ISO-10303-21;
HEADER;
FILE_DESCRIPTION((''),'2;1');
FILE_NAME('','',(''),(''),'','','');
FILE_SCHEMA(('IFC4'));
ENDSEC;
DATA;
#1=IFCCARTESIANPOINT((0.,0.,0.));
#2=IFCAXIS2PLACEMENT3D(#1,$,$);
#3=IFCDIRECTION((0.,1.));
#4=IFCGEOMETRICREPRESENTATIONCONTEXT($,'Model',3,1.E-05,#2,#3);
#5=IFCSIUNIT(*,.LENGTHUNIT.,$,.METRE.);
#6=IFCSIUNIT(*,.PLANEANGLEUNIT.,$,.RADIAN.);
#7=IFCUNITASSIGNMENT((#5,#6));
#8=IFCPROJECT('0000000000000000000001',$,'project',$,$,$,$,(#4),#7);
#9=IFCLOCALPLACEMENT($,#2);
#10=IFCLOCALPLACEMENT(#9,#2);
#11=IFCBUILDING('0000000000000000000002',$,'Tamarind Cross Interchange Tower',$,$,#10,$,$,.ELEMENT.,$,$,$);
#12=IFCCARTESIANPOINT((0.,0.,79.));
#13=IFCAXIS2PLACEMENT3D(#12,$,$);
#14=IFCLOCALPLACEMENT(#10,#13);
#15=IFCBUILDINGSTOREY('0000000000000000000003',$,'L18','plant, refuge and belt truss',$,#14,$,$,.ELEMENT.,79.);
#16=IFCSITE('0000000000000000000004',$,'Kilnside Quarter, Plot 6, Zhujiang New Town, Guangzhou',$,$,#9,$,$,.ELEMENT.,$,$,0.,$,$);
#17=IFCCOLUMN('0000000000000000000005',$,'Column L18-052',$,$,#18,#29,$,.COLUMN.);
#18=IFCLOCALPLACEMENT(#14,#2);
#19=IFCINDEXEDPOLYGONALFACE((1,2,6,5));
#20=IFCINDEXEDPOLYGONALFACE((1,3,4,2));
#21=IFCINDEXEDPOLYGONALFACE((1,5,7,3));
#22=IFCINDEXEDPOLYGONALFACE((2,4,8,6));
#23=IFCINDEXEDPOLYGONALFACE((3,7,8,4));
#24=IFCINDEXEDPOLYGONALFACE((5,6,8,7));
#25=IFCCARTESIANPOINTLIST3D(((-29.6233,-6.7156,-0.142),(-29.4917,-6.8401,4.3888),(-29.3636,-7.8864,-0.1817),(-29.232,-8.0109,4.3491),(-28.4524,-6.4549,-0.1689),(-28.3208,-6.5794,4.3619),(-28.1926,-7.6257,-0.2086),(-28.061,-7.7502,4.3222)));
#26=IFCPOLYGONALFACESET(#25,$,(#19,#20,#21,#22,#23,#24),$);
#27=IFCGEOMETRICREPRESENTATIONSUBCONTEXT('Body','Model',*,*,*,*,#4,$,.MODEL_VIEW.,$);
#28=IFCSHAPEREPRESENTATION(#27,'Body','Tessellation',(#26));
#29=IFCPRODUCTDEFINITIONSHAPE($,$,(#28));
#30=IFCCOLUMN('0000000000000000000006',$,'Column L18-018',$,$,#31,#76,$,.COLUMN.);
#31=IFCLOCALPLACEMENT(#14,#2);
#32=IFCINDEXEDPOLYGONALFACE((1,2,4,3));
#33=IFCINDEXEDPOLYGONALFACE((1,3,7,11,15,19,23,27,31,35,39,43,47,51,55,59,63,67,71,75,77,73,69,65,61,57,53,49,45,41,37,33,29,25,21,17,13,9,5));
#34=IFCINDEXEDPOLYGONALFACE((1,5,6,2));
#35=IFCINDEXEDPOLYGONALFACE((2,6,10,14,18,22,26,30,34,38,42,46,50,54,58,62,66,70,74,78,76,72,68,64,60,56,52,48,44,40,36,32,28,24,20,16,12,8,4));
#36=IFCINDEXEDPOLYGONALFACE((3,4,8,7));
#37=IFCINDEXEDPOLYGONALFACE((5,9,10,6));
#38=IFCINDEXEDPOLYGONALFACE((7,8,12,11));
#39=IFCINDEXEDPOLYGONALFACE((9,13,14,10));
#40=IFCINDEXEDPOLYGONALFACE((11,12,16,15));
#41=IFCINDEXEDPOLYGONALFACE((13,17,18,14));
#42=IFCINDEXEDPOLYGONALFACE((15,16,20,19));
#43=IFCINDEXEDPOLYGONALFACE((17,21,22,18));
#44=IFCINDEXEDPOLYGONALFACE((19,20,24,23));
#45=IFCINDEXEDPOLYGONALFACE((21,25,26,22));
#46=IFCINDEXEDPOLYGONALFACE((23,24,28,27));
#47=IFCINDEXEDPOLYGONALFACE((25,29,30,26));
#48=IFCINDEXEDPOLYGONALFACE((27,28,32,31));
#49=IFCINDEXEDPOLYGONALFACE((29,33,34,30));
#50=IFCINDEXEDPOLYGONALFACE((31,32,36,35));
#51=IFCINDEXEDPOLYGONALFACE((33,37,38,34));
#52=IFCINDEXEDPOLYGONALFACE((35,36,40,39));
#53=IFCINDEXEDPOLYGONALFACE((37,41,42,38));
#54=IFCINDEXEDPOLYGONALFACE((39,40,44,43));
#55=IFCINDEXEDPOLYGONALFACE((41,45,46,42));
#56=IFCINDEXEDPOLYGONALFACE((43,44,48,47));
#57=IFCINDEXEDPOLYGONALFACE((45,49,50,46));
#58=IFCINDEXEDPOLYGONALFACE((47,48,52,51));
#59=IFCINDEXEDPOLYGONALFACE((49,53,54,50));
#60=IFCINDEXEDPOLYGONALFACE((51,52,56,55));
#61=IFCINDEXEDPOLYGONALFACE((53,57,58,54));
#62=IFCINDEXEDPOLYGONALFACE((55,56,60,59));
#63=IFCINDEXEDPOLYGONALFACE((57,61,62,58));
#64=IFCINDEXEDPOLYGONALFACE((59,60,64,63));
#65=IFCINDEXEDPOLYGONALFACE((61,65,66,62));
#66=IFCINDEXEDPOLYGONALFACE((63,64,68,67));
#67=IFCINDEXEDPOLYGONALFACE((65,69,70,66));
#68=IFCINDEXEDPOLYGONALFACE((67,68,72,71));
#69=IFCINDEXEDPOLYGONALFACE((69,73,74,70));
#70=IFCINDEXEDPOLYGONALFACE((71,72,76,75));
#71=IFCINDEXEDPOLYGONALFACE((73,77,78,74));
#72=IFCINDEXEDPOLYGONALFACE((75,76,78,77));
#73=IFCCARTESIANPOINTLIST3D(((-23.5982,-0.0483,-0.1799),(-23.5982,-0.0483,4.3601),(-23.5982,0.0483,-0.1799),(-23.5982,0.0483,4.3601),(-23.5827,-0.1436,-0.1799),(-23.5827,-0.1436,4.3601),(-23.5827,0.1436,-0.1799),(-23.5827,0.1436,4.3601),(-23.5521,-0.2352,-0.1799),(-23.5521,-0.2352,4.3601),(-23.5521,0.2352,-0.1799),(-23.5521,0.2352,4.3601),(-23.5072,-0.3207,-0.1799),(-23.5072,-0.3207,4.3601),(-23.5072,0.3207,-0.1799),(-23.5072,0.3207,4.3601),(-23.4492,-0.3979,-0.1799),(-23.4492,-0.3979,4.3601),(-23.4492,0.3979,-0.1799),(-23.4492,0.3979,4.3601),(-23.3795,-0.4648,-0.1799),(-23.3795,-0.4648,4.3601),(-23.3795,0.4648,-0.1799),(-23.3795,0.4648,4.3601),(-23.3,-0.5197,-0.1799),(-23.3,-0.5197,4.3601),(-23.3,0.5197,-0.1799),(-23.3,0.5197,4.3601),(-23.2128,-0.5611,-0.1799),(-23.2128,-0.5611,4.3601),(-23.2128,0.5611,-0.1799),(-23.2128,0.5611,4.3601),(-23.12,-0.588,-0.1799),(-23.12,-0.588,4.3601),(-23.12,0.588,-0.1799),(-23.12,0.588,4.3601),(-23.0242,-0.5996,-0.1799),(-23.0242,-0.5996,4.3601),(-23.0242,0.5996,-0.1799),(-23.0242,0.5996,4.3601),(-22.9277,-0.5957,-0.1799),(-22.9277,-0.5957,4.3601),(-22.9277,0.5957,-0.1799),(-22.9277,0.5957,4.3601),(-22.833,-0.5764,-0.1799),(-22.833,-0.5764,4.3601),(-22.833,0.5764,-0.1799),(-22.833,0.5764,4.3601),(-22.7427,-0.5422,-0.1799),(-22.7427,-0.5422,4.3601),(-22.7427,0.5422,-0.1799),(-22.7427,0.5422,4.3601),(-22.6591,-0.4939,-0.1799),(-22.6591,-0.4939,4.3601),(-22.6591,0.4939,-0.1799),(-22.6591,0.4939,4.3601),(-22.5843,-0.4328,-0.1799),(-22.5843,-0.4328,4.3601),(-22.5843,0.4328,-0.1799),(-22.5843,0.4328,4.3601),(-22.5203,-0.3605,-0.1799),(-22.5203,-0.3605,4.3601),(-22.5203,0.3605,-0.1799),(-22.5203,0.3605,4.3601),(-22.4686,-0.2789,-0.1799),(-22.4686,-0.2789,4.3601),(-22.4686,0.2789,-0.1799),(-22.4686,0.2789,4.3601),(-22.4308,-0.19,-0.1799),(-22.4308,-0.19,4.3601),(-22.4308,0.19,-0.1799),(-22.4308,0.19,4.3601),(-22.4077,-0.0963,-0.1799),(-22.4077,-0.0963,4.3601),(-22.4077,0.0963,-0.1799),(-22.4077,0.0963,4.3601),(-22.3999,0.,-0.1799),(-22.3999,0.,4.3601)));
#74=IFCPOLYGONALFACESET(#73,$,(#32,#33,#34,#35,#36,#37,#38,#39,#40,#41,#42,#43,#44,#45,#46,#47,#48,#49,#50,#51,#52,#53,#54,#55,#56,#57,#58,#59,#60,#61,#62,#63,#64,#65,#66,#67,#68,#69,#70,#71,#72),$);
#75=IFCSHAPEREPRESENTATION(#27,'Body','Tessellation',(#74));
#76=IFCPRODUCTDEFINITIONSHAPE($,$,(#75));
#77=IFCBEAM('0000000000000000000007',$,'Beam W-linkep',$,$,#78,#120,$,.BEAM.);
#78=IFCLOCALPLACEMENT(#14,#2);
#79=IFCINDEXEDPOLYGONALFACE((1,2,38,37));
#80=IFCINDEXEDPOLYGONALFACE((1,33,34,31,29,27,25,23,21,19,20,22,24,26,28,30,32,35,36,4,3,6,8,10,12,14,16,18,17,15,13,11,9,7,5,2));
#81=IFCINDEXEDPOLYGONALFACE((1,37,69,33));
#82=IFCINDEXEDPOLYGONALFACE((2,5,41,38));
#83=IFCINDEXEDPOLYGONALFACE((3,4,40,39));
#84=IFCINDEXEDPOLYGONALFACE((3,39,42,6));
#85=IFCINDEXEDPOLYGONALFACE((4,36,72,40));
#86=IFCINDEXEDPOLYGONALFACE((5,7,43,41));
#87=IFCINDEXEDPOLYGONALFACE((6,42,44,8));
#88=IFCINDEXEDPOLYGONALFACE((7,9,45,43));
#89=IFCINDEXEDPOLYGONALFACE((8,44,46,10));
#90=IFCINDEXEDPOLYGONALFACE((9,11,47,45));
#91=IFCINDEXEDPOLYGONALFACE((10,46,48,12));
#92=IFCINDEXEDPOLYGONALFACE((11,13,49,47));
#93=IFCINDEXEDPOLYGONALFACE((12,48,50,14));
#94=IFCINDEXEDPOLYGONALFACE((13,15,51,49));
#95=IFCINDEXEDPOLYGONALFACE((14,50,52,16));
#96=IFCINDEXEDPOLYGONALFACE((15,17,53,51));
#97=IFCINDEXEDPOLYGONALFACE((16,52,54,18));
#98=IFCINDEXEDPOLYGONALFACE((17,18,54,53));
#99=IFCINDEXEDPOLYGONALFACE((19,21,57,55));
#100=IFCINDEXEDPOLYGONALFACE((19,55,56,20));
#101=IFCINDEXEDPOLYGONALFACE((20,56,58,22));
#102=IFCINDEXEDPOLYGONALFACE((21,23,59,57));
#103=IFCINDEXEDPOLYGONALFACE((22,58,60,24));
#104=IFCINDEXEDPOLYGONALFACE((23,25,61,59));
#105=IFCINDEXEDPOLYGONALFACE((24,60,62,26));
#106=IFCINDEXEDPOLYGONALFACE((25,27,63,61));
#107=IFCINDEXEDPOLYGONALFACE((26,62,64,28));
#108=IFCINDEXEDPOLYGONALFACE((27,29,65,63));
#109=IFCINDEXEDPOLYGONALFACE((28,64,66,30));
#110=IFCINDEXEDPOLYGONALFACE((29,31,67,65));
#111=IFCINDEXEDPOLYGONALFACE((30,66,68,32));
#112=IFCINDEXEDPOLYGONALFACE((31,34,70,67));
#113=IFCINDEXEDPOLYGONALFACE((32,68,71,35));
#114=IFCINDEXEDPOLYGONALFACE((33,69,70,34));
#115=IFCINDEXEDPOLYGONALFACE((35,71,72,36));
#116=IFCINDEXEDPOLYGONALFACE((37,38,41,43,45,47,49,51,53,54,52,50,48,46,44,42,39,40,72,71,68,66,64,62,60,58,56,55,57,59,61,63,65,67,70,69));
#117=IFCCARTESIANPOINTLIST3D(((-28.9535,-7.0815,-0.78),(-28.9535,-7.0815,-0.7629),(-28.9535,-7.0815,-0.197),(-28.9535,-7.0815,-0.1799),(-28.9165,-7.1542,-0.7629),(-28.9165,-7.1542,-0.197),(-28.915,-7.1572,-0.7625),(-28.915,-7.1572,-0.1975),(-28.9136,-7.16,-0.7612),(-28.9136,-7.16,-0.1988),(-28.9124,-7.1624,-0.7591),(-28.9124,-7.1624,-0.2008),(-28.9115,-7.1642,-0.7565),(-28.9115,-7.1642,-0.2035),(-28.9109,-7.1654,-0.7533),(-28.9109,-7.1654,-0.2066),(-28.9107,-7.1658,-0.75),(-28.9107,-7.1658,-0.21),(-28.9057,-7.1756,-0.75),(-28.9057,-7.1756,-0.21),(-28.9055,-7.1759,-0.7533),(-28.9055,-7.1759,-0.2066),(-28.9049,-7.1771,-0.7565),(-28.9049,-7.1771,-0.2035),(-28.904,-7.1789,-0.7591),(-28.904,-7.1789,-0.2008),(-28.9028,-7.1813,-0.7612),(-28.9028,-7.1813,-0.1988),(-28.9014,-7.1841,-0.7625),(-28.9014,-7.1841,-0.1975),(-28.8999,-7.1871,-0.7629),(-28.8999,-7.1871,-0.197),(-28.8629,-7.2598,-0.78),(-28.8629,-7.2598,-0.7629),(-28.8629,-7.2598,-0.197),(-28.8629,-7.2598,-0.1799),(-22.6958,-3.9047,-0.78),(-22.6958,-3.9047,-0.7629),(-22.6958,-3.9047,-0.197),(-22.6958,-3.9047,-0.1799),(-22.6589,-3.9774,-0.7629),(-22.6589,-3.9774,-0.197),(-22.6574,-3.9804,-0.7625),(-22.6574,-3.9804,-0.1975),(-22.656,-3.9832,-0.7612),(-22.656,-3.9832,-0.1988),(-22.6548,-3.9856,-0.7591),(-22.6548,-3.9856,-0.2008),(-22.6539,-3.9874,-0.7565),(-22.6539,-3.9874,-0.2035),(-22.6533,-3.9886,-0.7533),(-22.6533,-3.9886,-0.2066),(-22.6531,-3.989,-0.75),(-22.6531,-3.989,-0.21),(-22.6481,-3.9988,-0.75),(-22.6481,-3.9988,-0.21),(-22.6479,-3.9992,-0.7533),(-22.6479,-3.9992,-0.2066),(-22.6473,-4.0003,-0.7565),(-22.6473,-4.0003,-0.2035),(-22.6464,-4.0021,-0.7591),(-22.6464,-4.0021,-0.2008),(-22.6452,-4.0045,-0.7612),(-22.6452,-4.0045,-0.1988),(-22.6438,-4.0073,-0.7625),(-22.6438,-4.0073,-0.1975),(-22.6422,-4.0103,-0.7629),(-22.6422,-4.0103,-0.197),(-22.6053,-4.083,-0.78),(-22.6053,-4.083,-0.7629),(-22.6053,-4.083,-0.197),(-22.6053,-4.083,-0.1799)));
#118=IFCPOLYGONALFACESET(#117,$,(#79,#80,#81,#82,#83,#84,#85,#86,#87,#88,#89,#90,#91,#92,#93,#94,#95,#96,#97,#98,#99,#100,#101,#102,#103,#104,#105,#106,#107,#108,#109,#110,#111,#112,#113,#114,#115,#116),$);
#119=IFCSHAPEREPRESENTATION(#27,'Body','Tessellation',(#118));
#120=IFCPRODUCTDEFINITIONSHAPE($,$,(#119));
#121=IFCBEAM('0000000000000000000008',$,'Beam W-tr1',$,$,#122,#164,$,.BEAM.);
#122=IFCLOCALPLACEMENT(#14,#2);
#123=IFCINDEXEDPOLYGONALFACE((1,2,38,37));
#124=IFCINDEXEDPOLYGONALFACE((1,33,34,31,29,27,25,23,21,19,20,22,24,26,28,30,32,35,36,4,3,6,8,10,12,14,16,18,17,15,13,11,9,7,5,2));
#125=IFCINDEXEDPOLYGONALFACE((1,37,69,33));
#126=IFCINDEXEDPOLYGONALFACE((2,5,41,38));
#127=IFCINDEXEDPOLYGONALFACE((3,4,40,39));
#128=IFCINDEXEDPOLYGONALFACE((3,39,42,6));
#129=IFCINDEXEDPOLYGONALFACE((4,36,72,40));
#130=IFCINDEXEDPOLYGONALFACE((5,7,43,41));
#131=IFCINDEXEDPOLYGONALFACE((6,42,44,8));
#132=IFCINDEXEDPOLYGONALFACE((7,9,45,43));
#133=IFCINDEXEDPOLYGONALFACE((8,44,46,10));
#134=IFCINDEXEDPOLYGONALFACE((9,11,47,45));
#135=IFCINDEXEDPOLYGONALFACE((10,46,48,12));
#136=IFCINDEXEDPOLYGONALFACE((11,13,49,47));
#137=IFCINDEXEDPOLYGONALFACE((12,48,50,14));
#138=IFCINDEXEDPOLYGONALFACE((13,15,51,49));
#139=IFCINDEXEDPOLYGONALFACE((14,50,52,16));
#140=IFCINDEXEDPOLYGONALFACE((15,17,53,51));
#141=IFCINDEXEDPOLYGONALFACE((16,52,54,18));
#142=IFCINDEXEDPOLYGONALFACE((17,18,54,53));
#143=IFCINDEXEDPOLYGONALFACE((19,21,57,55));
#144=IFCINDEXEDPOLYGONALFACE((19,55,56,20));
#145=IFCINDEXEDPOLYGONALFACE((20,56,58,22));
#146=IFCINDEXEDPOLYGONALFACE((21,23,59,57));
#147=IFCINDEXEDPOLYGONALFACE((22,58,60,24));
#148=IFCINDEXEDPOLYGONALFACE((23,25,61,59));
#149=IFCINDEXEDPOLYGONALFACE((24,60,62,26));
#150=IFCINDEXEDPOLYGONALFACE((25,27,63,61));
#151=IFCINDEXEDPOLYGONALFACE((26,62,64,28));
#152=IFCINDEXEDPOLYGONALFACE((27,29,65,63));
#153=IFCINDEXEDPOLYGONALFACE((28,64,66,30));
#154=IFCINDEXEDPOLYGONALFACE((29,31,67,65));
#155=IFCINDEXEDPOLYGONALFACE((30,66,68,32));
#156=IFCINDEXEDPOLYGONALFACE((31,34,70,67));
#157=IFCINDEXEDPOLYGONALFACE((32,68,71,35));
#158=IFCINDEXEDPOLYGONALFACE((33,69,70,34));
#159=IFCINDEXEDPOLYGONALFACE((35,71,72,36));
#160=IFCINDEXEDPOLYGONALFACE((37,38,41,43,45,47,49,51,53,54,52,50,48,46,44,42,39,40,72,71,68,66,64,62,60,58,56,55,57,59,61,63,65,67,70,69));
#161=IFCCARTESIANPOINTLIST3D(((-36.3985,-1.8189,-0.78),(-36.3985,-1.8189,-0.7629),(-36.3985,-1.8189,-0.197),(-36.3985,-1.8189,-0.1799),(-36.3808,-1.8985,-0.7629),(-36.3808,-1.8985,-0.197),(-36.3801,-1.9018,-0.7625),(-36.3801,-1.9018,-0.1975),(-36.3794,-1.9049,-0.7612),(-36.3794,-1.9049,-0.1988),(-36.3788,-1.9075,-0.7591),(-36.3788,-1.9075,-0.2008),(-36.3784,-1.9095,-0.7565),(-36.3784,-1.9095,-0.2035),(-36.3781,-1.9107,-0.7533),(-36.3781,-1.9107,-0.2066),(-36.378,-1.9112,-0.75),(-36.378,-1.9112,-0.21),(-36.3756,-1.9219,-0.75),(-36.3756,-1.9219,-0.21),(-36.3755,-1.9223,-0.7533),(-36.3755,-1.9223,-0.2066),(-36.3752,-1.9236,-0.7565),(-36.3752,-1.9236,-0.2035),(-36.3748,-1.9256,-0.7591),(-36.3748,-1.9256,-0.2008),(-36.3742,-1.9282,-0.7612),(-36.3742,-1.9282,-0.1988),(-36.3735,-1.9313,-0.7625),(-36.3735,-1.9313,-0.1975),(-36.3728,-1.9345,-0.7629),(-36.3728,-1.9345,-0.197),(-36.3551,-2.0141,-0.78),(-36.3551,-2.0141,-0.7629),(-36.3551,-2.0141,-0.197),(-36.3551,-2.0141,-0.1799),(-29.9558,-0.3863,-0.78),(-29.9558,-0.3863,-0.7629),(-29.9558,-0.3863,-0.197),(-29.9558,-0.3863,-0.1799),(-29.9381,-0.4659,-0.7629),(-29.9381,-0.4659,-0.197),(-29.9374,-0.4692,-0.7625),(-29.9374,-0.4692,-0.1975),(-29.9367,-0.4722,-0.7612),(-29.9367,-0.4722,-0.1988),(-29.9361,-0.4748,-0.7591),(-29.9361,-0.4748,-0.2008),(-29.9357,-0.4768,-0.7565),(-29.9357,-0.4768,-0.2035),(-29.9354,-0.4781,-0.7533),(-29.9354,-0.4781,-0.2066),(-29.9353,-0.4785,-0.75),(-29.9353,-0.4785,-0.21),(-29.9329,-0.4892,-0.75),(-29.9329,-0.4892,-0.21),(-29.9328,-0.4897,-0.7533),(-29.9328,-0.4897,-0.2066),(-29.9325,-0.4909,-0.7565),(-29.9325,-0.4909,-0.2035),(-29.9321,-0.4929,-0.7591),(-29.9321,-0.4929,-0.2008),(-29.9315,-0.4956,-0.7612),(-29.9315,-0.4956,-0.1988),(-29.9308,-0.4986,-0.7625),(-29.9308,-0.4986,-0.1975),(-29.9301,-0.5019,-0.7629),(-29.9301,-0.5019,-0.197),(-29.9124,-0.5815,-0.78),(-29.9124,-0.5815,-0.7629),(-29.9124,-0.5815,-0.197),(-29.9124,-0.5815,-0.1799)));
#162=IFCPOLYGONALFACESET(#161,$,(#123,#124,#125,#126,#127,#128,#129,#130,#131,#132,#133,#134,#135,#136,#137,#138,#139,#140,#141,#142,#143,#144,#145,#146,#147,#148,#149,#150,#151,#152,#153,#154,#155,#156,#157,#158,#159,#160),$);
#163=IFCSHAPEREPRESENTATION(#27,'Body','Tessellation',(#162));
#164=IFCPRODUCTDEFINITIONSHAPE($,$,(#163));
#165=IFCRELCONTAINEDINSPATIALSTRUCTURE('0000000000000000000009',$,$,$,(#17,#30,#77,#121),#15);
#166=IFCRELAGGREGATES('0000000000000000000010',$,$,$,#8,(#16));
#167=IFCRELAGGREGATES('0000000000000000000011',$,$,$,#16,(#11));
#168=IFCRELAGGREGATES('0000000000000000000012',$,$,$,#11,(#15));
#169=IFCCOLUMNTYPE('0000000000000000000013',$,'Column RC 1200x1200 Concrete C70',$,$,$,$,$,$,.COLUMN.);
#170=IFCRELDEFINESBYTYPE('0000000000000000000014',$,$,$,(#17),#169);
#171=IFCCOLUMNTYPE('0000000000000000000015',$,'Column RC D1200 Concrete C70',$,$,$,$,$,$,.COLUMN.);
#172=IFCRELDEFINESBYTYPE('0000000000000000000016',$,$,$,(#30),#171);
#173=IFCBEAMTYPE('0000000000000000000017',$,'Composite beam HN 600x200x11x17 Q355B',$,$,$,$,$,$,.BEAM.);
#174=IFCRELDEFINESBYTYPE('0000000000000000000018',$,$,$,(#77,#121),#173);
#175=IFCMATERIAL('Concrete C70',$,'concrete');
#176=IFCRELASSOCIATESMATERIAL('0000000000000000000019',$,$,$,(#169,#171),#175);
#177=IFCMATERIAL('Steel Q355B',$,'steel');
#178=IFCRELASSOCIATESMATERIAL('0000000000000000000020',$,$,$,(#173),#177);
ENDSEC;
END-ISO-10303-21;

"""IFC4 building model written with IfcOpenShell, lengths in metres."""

from ifc_helpers import new_model, si_unit, direction, frame, origin, origin_2d, place, context, subcontext, project, spatial, rectangle, circle, i_section, extrude, material, material_profile, profile_set, type_object, element, save


model = new_model("IFC4")

# Units and contexts
model_context = context("Model", 3, precision=1e-05, world=origin(), true_north=direction((0.0, 1.0)))
body_context = subcontext(model_context, "Body", "Model", "MODEL_VIEW")
ifc_project = project(units=[si_unit("LENGTHUNIT", "METRE"), si_unit("PLANEANGLEUNIT", "RADIAN")], contexts=[model_context])

# Site, building, storey
site_placement = place(None, origin())
site = spatial("IfcSite", under=ifc_project, at=site_placement, Name="Kilnside Quarter, Plot 6, Zhujiang New Town, Guangzhou", CompositionType="ELEMENT", RefElevation=0.0)
building_placement = place(site_placement, origin())
building = spatial("IfcBuilding", under=site, at=building_placement, Name="Tamarind Cross Interchange Tower", CompositionType="ELEMENT")
storey_placement = place(building_placement, frame((0.0, 0.0, 79.0)))
storey = spatial("IfcBuildingStorey", under=building, at=storey_placement, Name="L18", Description="plant, refuge and belt truss", CompositionType="ELEMENT", Elevation=79.0)

# Columns
ifc_material_1 = material(Name="Concrete C70", Category="concrete")
ifc_material_profile_1 = material_profile(ifc_material_1, rectangle(XDim=1.2, YDim=1.2, at=origin_2d()), Name="RC 1200x1200")
ifc_profile_set_1 = profile_set([ifc_material_profile_1], Name="Concrete C70")
column_type_1 = type_object("IfcColumnType", Name="Column RC 1200x1200 Concrete C70", PredefinedType="COLUMN", material=ifc_profile_set_1)
column_1_placement = place(storey_placement, frame((-28.908, -7.1707, -0.1753), z_axis=(0.029021, -0.027459, 0.999202), x_axis=(-0.216482, 0.975725, 0.033102)))
element("IfcColumn", 1, at=column_1_placement, inside=storey, type_object=column_type_1, Name="Column L18-052", PredefinedType="COLUMN", context=body_context, shape_type="SweptSolid", body=[
    extrude(rectangle(XDim=1.2, YDim=1.2, at=origin_2d()), origin(), (0.0, 0.0, 1.0), 4.5344),
])
ifc_material_profile_2 = material_profile(ifc_material_1, circle(Radius=0.6001, at=origin_2d()), Name="RC D1200")
ifc_profile_set_2 = profile_set([ifc_material_profile_2], Name="Concrete C70")
column_type_2 = type_object("IfcColumnType", Name="Column RC D1200 Concrete C70", PredefinedType="COLUMN", material=ifc_profile_set_2)
column_2_placement = place(storey_placement, frame((-23.0, 0.0, -0.1799), z_axis=(0.0, 0.0, 1.0), x_axis=(1.0, 0.0, 0.0)))
element("IfcColumn", 2, at=column_2_placement, inside=storey, type_object=column_type_2, Name="Column L18-018", PredefinedType="COLUMN", context=body_context, shape_type="SweptSolid", body=[
    extrude(circle(Radius=0.6001, at=origin_2d()), origin(), (0.0, 0.0, 1.0), 4.54),
])

# Beams
ifc_material_2 = material(Name="Steel Q355B", Category="steel")
ifc_material_profile_3 = material_profile(ifc_material_2, i_section(OverallWidth=0.2, OverallDepth=0.6001, WebThickness=0.011, FlangeThickness=0.0171, FilletRadius=0.0129, at=origin_2d()), Name="HN 600x200x11x17")
ifc_profile_set_3 = profile_set([ifc_material_profile_3], Name="Steel Q355B")
beam_type = type_object("IfcBeamType", Name="Composite beam HN 600x200x11x17 Q355B", PredefinedType="BEAM", material=ifc_profile_set_3)
beam_placement = place(storey_placement, frame((-28.9082, -7.1707, -0.48), z_axis=(0.891676, 0.452674, 0.0), x_axis=(-0.452674, 0.891676, 0.0)))
element("IfcBeam", 3, at=beam_placement, inside=storey, type_object=beam_type, Name="Beam W-linkep", PredefinedType="BEAM", context=body_context, shape_type="SweptSolid", body=[
    extrude(i_section(OverallWidth=0.2, OverallDepth=0.6001, WebThickness=0.011, FlangeThickness=0.0171, FilletRadius=0.0129, at=origin_2d()), origin(), (0.0, 0.0, 1.0), 7.0178),
])
for number, where, z_axis, x_axis, name in (
    (4, (-29.9341, -0.4839, -0.48), (-0.976157, -0.217064, 0.0), (0.217064, -0.976157, 0.0), "Beam W-tr1"),
):
    element("IfcBeam", number, at=place(storey_placement, frame(where, z_axis=z_axis, x_axis=x_axis)), inside=storey, type_object=beam_type, Name=name, PredefinedType="BEAM", context=body_context, shape_type="SweptSolid", body=[
        extrude(i_section(OverallWidth=0.2, OverallDepth=0.6001, WebThickness=0.011, FlangeThickness=0.0171, FilletRadius=0.0129, at=origin_2d()), origin(), (0.0, 0.0, 1.0), 6.6001),
    ])

save(model, "model.ifc")
